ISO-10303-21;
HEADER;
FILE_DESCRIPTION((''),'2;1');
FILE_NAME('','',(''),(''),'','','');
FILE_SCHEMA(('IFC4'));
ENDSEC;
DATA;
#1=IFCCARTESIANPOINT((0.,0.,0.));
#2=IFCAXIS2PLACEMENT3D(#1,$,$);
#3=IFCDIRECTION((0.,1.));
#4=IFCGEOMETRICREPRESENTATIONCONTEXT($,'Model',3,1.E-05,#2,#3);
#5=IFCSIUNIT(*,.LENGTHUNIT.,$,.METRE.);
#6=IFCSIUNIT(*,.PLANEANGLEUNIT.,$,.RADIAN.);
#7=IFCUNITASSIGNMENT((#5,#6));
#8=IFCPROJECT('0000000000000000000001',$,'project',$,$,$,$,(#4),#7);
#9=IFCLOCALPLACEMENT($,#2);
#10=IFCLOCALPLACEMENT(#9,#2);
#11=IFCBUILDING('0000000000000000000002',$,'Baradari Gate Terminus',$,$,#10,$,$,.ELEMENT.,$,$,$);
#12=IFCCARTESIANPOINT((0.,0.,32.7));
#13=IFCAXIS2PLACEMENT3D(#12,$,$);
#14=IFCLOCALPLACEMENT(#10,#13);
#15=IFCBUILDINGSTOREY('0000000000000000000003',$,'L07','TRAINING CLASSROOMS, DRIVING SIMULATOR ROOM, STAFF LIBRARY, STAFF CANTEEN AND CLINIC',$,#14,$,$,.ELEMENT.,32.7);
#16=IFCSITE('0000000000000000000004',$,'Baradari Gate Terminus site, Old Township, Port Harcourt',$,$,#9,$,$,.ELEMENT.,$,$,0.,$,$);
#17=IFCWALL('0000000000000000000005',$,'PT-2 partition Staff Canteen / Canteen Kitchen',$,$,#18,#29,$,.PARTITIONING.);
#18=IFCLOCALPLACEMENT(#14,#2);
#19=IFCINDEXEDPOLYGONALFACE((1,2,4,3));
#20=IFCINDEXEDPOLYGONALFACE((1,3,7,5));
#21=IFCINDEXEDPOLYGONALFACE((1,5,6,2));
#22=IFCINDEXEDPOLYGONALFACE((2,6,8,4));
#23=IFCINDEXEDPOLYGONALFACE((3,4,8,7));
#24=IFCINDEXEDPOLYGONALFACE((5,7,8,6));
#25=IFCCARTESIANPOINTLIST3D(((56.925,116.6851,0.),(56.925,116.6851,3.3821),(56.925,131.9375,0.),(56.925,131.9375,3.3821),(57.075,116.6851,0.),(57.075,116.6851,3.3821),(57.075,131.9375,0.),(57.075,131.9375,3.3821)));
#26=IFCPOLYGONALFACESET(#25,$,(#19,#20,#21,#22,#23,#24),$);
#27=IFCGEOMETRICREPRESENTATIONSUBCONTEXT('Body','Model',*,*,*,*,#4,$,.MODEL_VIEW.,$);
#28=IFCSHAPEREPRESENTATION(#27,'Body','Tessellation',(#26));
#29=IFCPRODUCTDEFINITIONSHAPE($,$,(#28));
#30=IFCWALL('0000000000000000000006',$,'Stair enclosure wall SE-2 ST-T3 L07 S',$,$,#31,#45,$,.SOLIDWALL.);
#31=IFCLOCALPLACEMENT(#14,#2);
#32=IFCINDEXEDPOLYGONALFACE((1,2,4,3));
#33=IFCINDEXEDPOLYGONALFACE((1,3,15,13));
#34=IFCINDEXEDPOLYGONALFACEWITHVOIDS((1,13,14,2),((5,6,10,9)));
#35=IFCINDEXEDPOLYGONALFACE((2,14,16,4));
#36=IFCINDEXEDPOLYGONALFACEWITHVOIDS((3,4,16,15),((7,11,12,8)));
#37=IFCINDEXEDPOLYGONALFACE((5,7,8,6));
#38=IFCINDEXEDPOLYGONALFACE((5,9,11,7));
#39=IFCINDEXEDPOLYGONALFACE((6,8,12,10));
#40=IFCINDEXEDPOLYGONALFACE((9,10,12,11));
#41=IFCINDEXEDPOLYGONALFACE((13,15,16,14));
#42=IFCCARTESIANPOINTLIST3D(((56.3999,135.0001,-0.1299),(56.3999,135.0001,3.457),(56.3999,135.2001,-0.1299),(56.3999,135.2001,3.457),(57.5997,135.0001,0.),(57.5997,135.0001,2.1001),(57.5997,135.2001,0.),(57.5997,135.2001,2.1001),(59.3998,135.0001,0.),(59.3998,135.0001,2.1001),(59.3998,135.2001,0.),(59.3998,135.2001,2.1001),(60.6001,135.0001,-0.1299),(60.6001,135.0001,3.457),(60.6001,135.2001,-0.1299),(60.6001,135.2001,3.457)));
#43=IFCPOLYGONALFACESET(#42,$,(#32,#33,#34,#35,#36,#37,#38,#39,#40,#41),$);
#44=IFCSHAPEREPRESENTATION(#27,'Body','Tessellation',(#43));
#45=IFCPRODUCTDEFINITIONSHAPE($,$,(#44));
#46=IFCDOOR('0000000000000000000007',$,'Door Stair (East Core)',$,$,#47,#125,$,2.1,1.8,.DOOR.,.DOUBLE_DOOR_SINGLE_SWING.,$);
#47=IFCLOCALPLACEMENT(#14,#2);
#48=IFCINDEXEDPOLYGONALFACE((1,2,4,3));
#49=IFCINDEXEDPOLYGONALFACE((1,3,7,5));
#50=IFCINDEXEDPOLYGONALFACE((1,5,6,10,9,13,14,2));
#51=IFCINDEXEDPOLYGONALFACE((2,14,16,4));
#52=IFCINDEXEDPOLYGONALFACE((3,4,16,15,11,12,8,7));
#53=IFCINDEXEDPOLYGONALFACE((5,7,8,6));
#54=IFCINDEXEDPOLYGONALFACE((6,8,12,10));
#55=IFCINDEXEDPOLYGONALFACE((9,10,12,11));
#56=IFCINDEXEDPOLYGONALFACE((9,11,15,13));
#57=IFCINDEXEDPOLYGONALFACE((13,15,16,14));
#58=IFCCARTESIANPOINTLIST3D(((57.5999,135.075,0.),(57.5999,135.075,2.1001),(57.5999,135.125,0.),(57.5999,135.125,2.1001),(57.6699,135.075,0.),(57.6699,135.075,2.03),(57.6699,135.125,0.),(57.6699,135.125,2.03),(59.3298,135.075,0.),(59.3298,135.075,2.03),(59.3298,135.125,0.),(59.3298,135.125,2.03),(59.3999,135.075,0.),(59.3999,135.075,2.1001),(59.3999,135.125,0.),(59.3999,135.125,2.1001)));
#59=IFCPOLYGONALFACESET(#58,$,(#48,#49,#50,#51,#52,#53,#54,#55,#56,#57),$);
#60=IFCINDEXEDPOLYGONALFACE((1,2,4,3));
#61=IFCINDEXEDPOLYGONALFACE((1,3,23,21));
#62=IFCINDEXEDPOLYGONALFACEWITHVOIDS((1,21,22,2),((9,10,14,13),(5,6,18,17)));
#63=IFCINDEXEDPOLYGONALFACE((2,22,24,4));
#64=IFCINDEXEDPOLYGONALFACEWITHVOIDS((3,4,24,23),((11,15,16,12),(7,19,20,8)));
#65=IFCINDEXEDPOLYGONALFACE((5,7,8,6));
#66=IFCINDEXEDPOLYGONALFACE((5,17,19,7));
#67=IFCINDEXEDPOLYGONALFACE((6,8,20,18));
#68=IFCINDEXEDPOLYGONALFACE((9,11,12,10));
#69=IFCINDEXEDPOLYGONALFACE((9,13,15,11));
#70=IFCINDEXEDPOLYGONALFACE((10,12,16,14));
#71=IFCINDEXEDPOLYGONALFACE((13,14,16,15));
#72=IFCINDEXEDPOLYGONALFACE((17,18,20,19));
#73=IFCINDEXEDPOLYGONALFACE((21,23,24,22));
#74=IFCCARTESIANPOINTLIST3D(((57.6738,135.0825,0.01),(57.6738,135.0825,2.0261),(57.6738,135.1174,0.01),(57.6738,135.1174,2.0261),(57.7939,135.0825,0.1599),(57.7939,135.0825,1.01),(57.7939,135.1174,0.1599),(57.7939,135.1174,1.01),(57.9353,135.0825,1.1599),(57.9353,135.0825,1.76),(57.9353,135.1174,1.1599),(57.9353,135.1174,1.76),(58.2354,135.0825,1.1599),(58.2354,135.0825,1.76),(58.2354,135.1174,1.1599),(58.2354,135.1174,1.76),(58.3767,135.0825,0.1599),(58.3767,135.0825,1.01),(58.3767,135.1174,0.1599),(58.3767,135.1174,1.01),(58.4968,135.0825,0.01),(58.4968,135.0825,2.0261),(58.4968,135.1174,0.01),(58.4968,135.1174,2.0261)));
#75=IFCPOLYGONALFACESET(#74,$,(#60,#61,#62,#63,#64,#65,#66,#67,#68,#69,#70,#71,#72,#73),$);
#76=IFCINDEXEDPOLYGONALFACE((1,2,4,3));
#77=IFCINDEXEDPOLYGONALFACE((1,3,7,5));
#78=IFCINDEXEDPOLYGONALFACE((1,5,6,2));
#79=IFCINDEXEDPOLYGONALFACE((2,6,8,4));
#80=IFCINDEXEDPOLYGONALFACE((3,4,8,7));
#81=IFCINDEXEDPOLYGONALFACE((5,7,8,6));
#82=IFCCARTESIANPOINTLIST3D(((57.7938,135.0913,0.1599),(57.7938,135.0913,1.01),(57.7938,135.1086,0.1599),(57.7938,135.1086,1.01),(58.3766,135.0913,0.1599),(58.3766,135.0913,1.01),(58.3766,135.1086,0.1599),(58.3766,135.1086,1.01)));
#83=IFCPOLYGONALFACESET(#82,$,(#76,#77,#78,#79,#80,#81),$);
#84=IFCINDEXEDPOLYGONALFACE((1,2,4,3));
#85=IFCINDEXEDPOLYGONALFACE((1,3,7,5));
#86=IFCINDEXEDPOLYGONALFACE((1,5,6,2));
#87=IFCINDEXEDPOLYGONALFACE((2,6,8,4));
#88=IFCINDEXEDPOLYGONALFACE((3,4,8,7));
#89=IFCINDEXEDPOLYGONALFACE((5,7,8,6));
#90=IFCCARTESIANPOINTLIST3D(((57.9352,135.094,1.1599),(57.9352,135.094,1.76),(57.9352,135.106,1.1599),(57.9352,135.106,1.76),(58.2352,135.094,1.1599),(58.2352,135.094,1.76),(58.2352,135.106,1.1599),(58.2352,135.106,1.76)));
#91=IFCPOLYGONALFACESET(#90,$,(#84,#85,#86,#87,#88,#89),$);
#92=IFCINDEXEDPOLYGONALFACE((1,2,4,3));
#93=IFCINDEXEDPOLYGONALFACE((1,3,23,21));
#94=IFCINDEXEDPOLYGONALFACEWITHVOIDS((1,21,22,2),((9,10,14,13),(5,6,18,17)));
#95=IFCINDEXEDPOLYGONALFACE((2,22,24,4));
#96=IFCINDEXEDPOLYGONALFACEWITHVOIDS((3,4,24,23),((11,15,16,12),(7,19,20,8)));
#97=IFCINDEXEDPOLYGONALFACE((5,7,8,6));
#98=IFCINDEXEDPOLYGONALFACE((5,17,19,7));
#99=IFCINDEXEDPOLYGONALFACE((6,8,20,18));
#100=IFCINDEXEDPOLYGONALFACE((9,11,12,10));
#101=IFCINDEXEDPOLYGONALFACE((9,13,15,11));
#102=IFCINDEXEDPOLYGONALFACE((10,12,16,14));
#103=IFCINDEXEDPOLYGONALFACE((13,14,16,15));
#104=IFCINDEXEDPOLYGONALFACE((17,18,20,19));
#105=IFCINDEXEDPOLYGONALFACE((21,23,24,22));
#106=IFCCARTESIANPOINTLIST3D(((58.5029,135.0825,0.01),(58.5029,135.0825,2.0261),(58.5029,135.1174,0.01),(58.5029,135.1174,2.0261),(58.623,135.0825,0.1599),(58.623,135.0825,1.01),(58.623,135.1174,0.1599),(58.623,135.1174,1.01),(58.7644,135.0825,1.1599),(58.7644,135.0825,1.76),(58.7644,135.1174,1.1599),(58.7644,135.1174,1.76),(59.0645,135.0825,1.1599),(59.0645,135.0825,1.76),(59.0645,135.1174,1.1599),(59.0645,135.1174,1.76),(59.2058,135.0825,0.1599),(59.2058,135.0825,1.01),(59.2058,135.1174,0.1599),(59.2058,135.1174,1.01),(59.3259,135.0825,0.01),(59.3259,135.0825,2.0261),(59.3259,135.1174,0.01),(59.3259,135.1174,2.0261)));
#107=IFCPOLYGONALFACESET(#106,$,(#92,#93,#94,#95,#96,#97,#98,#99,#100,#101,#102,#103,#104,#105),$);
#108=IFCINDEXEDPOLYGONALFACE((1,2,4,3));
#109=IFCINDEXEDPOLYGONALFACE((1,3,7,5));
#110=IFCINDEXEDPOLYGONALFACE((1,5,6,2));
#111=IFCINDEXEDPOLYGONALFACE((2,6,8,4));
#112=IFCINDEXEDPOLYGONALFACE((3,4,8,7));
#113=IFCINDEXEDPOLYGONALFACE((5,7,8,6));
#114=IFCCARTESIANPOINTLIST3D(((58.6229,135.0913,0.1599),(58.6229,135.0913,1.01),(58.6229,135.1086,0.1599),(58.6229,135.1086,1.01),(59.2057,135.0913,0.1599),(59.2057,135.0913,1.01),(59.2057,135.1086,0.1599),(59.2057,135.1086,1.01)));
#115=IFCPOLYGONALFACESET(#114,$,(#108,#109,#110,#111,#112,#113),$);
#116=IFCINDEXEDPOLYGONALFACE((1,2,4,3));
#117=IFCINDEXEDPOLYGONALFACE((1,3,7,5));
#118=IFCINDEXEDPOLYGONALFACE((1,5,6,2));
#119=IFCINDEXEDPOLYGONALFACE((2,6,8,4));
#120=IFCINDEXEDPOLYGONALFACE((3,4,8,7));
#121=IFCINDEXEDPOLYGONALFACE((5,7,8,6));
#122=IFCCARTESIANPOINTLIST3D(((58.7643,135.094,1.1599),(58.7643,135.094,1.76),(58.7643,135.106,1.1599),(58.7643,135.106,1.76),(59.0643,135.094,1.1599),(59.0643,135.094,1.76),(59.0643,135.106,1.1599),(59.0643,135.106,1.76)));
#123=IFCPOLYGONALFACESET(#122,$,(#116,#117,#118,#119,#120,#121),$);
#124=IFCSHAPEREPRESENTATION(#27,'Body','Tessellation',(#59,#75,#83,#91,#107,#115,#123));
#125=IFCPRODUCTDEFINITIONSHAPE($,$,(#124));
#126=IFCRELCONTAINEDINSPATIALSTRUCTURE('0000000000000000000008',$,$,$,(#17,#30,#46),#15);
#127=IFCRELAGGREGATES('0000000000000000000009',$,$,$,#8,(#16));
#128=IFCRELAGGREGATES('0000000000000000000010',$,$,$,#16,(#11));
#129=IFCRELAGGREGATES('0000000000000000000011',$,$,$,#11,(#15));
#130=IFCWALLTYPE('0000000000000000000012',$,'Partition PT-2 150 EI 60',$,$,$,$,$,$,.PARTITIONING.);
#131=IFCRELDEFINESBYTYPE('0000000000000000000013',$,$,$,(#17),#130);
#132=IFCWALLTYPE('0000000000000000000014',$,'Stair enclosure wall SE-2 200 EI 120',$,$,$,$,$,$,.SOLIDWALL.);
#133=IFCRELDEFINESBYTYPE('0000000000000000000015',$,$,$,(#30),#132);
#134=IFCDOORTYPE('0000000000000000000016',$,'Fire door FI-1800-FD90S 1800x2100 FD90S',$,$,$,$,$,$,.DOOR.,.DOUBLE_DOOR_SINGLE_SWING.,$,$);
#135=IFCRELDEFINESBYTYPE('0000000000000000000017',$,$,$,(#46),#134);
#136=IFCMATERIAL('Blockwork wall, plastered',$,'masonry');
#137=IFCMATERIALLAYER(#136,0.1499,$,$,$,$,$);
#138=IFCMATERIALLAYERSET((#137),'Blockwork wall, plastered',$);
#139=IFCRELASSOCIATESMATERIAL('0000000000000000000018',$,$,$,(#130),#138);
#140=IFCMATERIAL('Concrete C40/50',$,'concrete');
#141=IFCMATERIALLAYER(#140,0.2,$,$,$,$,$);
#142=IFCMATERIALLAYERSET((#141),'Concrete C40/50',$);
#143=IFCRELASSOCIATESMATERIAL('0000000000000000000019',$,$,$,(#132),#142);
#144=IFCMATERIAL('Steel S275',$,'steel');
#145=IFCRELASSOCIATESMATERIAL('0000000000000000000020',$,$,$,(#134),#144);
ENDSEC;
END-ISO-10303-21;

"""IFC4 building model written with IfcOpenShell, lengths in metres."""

from ifc_helpers import new_model, si_unit, direction, frame, frame_2d, origin, place, context, subcontext, project, spatial, polyline, rectangle, outline, extrude, material, layer, layer_set, type_object, element, fill, save


model = new_model("IFC4")

# Units and contexts
model_context = context("Model", 3, precision=1e-05, world=origin(), true_north=direction((0.0, 1.0)))
body_context = subcontext(model_context, "Body", "Model", "MODEL_VIEW")
ifc_project = project(units=[si_unit("LENGTHUNIT", "METRE"), si_unit("PLANEANGLEUNIT", "RADIAN")], contexts=[model_context])

# Site, building, storey
site_placement = place(None, origin())
site = spatial("IfcSite", under=ifc_project, at=site_placement, Name="Baradari Gate Terminus site, Old Township, Port Harcourt", CompositionType="ELEMENT", RefElevation=0.0)
building_placement = place(site_placement, origin())
building = spatial("IfcBuilding", under=site, at=building_placement, Name="Baradari Gate Terminus", CompositionType="ELEMENT")
storey_placement = place(building_placement, frame((0.0, 0.0, 32.7)))
storey = spatial("IfcBuildingStorey", under=building, at=storey_placement, Name="L07", Description="TRAINING CLASSROOMS, DRIVING SIMULATOR ROOM, STAFF LIBRARY, STAFF CANTEEN AND CLINIC", CompositionType="ELEMENT", Elevation=32.7)

# Wall
ifc_material_1 = material(Name="Blockwork wall, plastered", Category="masonry")
ifc_layer_1 = layer(ifc_material_1, 0.1499)
ifc_layer_set_1 = layer_set([ifc_layer_1], Name="Blockwork wall, plastered")
wall_type_1 = type_object("IfcWallType", Name="Partition PT-2 150 EI 60", PredefinedType="PARTITIONING", material=ifc_layer_set_1)
wall_1_placement = place(storey_placement, frame((57.0, 131.9375, 0.0), z_axis=(0.0, 0.0, 1.0), x_axis=(0.0, -1.0, 0.0)))
element("IfcWall", 1, at=wall_1_placement, inside=storey, type_object=wall_type_1, Name="PT-2 partition Staff Canteen / Canteen Kitchen", PredefinedType="PARTITIONING", context=body_context, shape_type="SweptSolid", body=[
    extrude(rectangle(XDim=15.2524, YDim=0.1499, at=frame_2d((7.6262, 0.0))), origin(), (0.0, 0.0, 1.0), 3.3821),
])

# Wall, opening, door
ifc_material_2 = material(Name="Concrete C40/50", Category="concrete")
ifc_layer_2 = layer(ifc_material_2, 0.2)
ifc_layer_set_2 = layer_set([ifc_layer_2], Name="Concrete C40/50")
wall_type_2 = type_object("IfcWallType", Name="Stair enclosure wall SE-2 200 EI 120", PredefinedType="SOLIDWALL", material=ifc_layer_set_2)
wall_2_placement = place(storey_placement, frame((56.3999, 135.1001, -0.1299), z_axis=(0.0, 0.0, 1.0), x_axis=(1.0, 0.0, 0.0)))
wall_2 = element("IfcWall", 2, at=wall_2_placement, inside=storey, type_object=wall_type_2, Name="Stair enclosure wall SE-2 ST-T3 L07 S", PredefinedType="SOLIDWALL", context=body_context, shape_type="SweptSolid", body=[
    extrude(rectangle(XDim=4.2002, YDim=0.2, at=frame_2d((2.1001, 0.0))), origin(), (0.0, 0.0, 1.0), 3.5869),
])
opening_1_placement = place(wall_2_placement, frame((1.2, 0.0, 0.1299)))
opening_1 = element("IfcOpeningElement", 3, at=opening_1_placement, cuts=wall_2, PredefinedType="OPENING", context=body_context, shape_type="SweptSolid", body=[
    extrude(rectangle(XDim=1.8, YDim=2.1001, at=frame_2d((0.8999, 1.05))), frame((0.0, 0.1099, 0.0), z_axis=(0.0, -1.0, 0.0), x_axis=(1.0, 0.0, 0.0)), (0.0, 0.0, 1.0), 0.22),
])
ifc_material_3 = material(Name="Steel S275", Category="steel")
door_type_1 = type_object("IfcDoorType", Name="Fire door FI-1800-FD90S 1800x2100 FD90S", OperationType="DOUBLE_DOOR_SINGLE_SWING", PredefinedType="DOOR", material=ifc_material_3)
door_1_placement = place(opening_1_placement, origin())
door_1 = element("IfcDoor", 4, at=door_1_placement, inside=storey, type_object=door_type_1, Name="Door Stair (East Core)", OperationType="DOUBLE_DOOR_SINGLE_SWING", OverallHeight=2.1, OverallWidth=1.8, PredefinedType="DOOR", context=body_context, shape_type="SweptSolid", body=[
    extrude(outline(polyline([(0.0, 0.0), (0.0701, 0.0), (0.0701, 2.03), (1.73, 2.03), (1.73, 0.0), (1.8, 0.0), (1.8, 2.1001), (0.0, 2.1001), (0.0, 0.0)])), frame((0.0, 0.0249, 0.0), z_axis=(0.0, -1.0, 0.0), x_axis=(1.0, 0.0, 0.0)), (0.0, 0.0, 1.0), 0.05),
    extrude(outline(polyline([(0.074, 0.01), (0.897, 0.01), (0.897, 2.0261), (0.074, 2.0261), (0.074, 0.01)]), holes=[polyline([(0.1941, 0.1599), (0.7769, 0.1599), (0.7769, 1.01), (0.1941, 1.01), (0.1941, 0.1599)]), polyline([(0.3354, 1.1599), (0.6355, 1.1599), (0.6355, 1.76), (0.3354, 1.76), (0.3354, 1.1599)])]), frame((0.0, 0.0173, 0.0), z_axis=(0.0, -1.0, 0.0), x_axis=(1.0, 0.0, 0.0)), (0.0, 0.0, 1.0), 0.0349),
    extrude(rectangle(XDim=0.5828, YDim=0.8501, at=frame_2d((0.4854, 0.585))), frame((0.0, 0.0085, 0.0), z_axis=(0.0, -1.0, 0.0), x_axis=(1.0, 0.0, 0.0)), (0.0, 0.0, 1.0), 0.0173),
    extrude(rectangle(XDim=0.3, YDim=0.6001, at=frame_2d((0.4854, 1.46))), frame((0.0, 0.0059, 0.0), z_axis=(0.0, -1.0, 0.0), x_axis=(1.0, 0.0, 0.0)), (0.0, 0.0, 1.0), 0.012),
    extrude(outline(polyline([(0.9031, 0.01), (1.7261, 0.01), (1.7261, 2.0261), (0.9031, 2.0261), (0.9031, 0.01)]), holes=[polyline([(1.0232, 0.1599), (1.606, 0.1599), (1.606, 1.01), (1.0232, 1.01), (1.0232, 0.1599)]), polyline([(1.1646, 1.1599), (1.4646, 1.1599), (1.4646, 1.76), (1.1646, 1.76), (1.1646, 1.1599)])]), frame((0.0, 0.0173, 0.0), z_axis=(0.0, -1.0, 0.0), x_axis=(1.0, 0.0, 0.0)), (0.0, 0.0, 1.0), 0.0349),
    extrude(rectangle(XDim=0.5828, YDim=0.8501, at=frame_2d((1.3145, 0.585))), frame((0.0, 0.0085, 0.0), z_axis=(0.0, -1.0, 0.0), x_axis=(1.0, 0.0, 0.0)), (0.0, 0.0, 1.0), 0.0173),
    extrude(rectangle(XDim=0.3, YDim=0.6001, at=frame_2d((1.3145, 1.46))), frame((0.0, 0.0059, 0.0), z_axis=(0.0, -1.0, 0.0), x_axis=(1.0, 0.0, 0.0)), (0.0, 0.0, 1.0), 0.012),
])
fill(opening_1, door_1)

save(model, "model.ifc")
